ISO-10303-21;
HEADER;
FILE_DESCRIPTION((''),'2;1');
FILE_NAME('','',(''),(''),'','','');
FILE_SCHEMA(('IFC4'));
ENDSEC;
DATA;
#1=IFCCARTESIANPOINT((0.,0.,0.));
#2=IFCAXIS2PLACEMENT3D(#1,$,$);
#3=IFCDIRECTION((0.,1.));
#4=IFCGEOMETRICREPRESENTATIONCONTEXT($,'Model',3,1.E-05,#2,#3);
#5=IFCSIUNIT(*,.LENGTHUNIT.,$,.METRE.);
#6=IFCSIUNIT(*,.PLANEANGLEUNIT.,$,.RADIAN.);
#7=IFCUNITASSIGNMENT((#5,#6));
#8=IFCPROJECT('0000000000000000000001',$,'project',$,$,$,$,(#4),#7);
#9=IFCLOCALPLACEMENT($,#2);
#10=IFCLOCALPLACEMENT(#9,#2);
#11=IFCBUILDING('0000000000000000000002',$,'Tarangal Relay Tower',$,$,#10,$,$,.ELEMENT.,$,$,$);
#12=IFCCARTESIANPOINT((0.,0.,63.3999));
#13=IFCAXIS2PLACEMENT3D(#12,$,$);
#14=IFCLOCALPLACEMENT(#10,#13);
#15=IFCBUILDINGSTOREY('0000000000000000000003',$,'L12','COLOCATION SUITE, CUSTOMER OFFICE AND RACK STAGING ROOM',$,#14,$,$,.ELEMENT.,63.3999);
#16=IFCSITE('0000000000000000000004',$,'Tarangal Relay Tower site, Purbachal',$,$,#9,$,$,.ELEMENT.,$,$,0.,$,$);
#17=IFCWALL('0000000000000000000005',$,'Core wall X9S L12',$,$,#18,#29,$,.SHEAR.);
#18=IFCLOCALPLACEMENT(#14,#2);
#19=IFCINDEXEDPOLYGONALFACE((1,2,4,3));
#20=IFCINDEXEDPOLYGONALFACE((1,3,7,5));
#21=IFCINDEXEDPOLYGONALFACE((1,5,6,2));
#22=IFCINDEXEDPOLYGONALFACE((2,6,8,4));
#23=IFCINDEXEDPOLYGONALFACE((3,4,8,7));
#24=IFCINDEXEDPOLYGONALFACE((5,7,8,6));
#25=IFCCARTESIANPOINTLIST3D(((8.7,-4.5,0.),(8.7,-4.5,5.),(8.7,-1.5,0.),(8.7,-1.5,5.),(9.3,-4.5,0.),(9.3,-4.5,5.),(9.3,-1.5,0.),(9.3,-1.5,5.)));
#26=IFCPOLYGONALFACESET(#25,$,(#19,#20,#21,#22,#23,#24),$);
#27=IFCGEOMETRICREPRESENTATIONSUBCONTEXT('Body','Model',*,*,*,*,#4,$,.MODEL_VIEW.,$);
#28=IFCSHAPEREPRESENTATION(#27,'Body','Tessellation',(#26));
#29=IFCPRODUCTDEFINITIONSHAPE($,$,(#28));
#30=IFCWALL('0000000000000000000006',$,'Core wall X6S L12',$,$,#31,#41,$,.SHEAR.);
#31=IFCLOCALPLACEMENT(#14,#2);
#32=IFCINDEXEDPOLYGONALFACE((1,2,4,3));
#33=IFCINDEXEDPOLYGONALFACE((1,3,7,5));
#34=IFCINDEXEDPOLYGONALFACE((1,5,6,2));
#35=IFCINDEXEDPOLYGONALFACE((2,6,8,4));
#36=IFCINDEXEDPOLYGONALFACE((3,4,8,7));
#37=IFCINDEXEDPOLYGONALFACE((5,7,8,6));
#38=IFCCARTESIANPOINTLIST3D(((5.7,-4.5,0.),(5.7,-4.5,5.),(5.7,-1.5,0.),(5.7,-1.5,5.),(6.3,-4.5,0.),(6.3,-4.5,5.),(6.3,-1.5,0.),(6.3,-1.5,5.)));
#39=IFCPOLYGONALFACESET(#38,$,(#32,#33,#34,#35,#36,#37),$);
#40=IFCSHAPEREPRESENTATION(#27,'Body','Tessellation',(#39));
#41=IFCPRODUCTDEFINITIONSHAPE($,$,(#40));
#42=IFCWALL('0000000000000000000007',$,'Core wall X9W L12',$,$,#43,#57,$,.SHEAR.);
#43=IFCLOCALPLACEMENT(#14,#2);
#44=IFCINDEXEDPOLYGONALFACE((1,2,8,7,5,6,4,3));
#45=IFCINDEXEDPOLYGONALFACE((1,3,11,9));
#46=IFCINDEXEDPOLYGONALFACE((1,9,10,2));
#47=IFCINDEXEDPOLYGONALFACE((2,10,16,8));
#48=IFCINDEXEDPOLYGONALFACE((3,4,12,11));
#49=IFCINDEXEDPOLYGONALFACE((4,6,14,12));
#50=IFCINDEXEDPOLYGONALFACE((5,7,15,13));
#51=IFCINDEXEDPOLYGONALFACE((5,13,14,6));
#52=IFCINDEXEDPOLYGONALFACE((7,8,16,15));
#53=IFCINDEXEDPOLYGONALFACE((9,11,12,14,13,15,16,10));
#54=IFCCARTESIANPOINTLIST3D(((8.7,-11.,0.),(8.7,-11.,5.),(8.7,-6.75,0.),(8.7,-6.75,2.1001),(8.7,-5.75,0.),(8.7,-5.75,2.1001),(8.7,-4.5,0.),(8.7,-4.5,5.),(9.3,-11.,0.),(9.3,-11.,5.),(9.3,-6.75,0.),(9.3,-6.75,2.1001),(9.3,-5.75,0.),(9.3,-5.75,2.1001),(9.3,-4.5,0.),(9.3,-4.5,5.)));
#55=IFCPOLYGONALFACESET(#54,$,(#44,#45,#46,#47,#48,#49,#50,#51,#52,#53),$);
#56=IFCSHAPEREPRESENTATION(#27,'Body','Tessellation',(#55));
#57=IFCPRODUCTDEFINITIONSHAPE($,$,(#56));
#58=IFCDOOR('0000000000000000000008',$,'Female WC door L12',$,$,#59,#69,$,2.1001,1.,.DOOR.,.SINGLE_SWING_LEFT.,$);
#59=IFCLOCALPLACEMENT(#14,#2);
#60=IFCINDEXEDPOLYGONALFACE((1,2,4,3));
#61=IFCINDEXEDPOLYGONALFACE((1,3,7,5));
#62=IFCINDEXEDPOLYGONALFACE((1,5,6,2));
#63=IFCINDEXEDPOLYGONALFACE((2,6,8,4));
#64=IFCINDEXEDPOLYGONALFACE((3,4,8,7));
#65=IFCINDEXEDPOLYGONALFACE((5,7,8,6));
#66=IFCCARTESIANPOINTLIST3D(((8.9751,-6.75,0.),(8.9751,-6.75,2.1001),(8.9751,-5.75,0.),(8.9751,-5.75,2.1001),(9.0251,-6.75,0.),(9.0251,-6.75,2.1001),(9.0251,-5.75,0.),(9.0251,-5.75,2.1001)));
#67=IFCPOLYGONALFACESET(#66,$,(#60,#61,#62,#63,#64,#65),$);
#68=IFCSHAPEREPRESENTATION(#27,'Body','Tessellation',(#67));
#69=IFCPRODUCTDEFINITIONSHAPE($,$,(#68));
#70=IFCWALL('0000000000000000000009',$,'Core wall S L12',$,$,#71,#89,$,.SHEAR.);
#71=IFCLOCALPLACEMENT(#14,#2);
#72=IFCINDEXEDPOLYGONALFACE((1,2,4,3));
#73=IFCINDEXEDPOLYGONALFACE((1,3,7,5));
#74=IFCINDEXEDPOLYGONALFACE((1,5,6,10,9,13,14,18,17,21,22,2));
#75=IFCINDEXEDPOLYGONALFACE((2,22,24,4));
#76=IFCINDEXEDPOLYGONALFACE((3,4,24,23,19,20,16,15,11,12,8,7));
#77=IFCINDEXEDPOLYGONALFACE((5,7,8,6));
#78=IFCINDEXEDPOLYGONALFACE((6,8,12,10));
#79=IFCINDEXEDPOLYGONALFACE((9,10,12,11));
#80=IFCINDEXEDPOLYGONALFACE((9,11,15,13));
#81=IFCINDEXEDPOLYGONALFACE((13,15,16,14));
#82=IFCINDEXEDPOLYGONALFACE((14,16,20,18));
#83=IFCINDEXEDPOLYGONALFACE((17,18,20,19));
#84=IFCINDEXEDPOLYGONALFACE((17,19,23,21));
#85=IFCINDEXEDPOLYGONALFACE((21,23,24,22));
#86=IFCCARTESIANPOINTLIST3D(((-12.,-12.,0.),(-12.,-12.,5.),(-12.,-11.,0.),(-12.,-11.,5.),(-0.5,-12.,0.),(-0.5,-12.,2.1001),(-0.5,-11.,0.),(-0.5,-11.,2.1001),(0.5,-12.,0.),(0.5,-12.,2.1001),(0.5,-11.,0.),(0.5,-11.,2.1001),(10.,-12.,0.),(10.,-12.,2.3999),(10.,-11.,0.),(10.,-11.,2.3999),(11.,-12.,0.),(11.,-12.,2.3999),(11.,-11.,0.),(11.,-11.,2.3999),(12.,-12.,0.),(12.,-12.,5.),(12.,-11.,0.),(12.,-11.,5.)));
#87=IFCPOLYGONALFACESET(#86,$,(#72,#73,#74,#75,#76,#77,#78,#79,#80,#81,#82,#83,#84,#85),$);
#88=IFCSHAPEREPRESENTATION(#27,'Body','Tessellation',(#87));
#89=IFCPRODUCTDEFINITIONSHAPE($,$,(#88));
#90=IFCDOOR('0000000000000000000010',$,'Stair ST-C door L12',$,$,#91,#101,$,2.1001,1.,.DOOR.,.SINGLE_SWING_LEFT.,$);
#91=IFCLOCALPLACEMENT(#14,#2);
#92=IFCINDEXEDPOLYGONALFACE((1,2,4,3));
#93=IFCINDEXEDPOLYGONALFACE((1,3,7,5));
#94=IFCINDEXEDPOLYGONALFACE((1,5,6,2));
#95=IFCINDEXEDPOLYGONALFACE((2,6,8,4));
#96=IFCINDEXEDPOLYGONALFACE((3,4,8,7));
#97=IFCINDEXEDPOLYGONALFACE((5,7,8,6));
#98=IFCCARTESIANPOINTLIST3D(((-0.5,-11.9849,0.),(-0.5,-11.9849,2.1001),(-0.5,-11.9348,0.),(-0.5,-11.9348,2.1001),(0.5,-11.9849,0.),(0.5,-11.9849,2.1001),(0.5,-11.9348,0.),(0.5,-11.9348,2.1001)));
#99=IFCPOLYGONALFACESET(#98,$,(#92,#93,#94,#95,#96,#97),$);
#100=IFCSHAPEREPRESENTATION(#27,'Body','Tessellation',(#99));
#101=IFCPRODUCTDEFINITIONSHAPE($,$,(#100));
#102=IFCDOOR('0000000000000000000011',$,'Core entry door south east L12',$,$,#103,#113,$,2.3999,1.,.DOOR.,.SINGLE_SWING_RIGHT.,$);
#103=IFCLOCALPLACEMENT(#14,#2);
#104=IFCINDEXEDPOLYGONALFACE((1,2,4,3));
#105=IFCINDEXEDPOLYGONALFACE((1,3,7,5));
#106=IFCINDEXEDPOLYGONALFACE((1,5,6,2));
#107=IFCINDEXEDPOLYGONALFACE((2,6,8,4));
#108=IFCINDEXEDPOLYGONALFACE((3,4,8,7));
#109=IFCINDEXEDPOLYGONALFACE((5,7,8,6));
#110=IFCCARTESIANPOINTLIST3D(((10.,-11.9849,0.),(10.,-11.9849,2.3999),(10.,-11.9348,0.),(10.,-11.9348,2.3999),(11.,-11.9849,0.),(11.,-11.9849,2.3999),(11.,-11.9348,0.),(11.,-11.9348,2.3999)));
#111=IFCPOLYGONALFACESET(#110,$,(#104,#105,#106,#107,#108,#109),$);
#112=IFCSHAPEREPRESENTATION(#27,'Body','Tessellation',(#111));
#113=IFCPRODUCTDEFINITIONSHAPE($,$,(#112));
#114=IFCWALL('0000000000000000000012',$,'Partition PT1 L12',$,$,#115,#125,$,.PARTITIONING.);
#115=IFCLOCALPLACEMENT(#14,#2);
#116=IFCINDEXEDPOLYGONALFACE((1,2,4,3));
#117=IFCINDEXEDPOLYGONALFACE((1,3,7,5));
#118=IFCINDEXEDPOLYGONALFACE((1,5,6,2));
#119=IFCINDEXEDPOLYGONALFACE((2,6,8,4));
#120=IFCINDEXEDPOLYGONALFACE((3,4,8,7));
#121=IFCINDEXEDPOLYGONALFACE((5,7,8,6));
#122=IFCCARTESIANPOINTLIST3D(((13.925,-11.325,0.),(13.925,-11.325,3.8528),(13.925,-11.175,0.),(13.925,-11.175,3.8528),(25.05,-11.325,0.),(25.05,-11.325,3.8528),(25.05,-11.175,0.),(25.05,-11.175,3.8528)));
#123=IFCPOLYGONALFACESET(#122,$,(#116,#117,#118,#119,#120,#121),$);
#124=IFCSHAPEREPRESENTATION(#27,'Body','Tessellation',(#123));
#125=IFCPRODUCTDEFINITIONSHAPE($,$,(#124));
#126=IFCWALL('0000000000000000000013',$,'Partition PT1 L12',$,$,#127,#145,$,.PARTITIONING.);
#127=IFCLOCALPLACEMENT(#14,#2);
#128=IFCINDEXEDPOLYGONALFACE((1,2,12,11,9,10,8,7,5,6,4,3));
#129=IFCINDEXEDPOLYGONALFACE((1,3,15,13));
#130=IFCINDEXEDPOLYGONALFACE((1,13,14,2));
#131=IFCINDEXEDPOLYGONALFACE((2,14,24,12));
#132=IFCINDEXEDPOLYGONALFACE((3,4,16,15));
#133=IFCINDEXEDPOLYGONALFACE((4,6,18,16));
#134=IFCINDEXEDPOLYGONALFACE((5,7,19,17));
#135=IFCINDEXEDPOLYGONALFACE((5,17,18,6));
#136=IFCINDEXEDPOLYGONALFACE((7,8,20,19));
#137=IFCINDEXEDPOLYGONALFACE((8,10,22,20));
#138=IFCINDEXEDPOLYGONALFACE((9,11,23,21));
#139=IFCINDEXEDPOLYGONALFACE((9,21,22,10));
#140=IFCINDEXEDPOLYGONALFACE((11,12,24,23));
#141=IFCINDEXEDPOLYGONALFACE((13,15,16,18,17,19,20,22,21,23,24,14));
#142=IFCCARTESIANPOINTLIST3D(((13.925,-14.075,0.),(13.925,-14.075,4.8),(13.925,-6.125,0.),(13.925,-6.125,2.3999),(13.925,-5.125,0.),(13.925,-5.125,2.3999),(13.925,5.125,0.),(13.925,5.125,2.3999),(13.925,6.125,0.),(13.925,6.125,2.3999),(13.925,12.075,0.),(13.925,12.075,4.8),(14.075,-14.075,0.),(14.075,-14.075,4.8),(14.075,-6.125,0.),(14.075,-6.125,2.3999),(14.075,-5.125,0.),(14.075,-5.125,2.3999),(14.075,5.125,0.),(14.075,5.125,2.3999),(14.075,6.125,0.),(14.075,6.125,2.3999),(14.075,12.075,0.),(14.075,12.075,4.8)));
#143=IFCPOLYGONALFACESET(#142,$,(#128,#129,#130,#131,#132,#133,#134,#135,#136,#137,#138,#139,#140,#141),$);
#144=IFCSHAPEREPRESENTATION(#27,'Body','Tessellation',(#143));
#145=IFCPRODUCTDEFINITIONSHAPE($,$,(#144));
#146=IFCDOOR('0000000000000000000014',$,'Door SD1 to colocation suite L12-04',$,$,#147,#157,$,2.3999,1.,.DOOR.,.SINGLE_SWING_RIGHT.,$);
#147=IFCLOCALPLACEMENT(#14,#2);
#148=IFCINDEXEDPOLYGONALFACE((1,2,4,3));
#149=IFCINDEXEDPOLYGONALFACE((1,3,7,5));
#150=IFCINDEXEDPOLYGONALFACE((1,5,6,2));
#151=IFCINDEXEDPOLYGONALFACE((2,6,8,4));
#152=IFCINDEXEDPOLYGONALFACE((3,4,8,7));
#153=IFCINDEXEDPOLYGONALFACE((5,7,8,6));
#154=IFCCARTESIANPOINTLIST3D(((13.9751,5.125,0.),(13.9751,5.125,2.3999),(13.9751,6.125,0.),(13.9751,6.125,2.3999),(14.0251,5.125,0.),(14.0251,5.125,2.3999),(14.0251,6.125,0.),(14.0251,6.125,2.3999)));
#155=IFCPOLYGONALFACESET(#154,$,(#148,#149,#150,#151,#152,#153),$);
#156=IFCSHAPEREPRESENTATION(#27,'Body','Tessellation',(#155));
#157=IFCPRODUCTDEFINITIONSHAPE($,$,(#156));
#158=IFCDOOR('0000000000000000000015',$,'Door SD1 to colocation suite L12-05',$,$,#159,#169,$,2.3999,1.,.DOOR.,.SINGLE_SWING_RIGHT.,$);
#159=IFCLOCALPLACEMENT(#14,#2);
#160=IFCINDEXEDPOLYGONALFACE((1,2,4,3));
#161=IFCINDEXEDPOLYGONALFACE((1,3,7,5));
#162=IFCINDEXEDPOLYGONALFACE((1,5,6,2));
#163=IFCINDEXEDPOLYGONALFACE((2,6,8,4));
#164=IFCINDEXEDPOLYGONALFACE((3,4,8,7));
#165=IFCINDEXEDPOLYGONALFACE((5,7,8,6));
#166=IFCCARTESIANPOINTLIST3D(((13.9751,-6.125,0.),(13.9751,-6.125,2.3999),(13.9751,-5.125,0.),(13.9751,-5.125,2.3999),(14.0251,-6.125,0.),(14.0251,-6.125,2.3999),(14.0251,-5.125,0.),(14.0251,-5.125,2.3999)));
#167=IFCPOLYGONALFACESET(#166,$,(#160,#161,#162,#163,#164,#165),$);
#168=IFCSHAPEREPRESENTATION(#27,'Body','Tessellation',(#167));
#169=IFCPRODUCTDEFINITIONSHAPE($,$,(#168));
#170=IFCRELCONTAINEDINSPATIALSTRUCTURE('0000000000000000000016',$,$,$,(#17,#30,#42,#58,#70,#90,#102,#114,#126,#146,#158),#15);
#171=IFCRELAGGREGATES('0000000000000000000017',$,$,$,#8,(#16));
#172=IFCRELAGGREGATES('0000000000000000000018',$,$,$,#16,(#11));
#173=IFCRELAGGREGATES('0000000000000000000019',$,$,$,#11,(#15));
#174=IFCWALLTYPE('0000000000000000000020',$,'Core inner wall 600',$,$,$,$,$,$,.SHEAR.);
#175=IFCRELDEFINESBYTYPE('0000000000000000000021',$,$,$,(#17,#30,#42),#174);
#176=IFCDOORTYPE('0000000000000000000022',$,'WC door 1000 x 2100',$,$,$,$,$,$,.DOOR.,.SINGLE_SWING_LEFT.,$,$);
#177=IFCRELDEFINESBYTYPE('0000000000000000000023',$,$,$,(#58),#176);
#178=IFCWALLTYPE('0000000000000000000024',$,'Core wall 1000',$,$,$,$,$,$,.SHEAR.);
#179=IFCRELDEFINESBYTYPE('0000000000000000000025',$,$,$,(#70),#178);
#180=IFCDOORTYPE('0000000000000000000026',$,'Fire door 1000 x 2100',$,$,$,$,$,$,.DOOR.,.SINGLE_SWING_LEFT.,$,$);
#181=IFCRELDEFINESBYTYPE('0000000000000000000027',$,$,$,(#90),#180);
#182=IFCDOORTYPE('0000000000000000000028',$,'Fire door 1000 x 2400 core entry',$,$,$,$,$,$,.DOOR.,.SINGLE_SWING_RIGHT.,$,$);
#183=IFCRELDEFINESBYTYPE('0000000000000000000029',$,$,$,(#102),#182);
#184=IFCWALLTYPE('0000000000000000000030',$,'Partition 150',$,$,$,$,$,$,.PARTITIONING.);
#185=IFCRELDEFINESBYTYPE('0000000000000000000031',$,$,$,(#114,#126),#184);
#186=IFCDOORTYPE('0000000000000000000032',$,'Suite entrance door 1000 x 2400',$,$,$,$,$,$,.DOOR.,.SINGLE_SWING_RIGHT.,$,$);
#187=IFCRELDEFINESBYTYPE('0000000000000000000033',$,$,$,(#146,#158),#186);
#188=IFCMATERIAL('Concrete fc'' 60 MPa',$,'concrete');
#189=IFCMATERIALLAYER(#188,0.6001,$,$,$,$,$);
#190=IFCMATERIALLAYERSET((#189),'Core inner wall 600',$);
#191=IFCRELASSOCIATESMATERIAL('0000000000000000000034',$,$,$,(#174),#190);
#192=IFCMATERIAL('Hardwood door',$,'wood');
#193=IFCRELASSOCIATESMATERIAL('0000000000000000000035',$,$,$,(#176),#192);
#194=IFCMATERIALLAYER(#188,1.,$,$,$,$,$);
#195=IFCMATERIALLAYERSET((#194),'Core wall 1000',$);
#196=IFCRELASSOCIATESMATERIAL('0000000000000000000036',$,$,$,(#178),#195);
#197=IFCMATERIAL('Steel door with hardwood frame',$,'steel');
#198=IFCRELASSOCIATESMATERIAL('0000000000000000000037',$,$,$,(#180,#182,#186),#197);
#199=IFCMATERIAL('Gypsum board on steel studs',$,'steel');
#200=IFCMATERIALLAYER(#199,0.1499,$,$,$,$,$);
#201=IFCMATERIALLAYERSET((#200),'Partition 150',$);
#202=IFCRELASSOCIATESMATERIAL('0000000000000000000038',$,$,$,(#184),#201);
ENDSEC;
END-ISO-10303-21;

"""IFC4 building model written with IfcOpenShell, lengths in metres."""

from ifc_helpers import new_model, si_unit, direction, frame, frame_2d, origin, place, context, subcontext, project, spatial, rectangle, extrude, material, layer, layer_set, type_object, element, fill, save


model = new_model("IFC4")

# Units and contexts
model_context = context("Model", 3, precision=1e-05, world=origin(), true_north=direction((0.0, 1.0)))
body_context = subcontext(model_context, "Body", "Model", "MODEL_VIEW")
ifc_project = project(units=[si_unit("LENGTHUNIT", "METRE"), si_unit("PLANEANGLEUNIT", "RADIAN")], contexts=[model_context])

# Site, building, storey
site_placement = place(None, origin())
site = spatial("IfcSite", under=ifc_project, at=site_placement, Name="Tarangal Relay Tower site, Purbachal", CompositionType="ELEMENT", RefElevation=0.0)
building_placement = place(site_placement, origin())
building = spatial("IfcBuilding", under=site, at=building_placement, Name="Tarangal Relay Tower", CompositionType="ELEMENT")
storey_placement = place(building_placement, frame((0.0, 0.0, 63.3999)))
storey = spatial("IfcBuildingStorey", under=building, at=storey_placement, Name="L12", Description="COLOCATION SUITE, CUSTOMER OFFICE AND RACK STAGING ROOM", CompositionType="ELEMENT", Elevation=63.3999)

# Walls
ifc_material_1 = material(Name="Concrete fc' 60 MPa", Category="concrete")
ifc_layer_1 = layer(ifc_material_1, 0.6001)
ifc_layer_set_1 = layer_set([ifc_layer_1], Name="Core inner wall 600")
wall_type_1 = type_object("IfcWallType", Name="Core inner wall 600", PredefinedType="SHEAR", material=ifc_layer_set_1)
for number, where, z_axis, x_axis, name in (
    (1, (9.0, -4.5, 0.0), (0.0, 0.0, 1.0), (0.0, 1.0, 0.0), "Core wall X9S L12"),
    (2, (6.0, -4.5, 0.0), (0.0, 0.0, 1.0), (0.0, 1.0, 0.0), "Core wall X6S L12"),
):
    element("IfcWall", number, at=place(storey_placement, frame(where, z_axis=z_axis, x_axis=x_axis)), inside=storey, type_object=wall_type_1, Name=name, PredefinedType="SHEAR", context=body_context, shape_type="SweptSolid", body=[
        extrude(rectangle(XDim=3.0, YDim=0.6001, at=frame_2d((1.5, 0.0))), origin(), (0.0, 0.0, 1.0), 5.0),
    ])

# Wall, opening, door
wall_1_placement = place(storey_placement, frame((9.0, -11.0, 0.0), z_axis=(0.0, 0.0, 1.0), x_axis=(0.0, 1.0, 0.0)))
wall_1 = element("IfcWall", 3, at=wall_1_placement, inside=storey, type_object=wall_type_1, Name="Core wall X9W L12", PredefinedType="SHEAR", context=body_context, shape_type="SweptSolid", body=[
    extrude(rectangle(XDim=6.5, YDim=0.6001, at=frame_2d((3.25, 0.0))), origin(), (0.0, 0.0, 1.0), 5.0),
])
opening_1_placement = place(wall_1_placement, frame((4.25, 0.0, 0.0)))
opening_1 = element("IfcOpeningElement", 4, at=opening_1_placement, cuts=wall_1, PredefinedType="OPENING", context=body_context, shape_type="SweptSolid", body=[
    extrude(rectangle(XDim=1.0, YDim=2.1001, at=frame_2d((0.5, 1.05))), frame((0.0, 0.3101, 0.0), z_axis=(0.0, -1.0, 0.0), x_axis=(1.0, 0.0, 0.0)), (0.0, 0.0, 1.0), 0.6201),
])
ifc_material_2 = material(Name="Hardwood door", Category="wood")
door_type_1 = type_object("IfcDoorType", Name="WC door 1000 x 2100", OperationType="SINGLE_SWING_LEFT", PredefinedType="DOOR", material=ifc_material_2)
door_1_placement = place(opening_1_placement, origin())
door_1 = element("IfcDoor", 5, at=door_1_placement, inside=storey, type_object=door_type_1, Name="Female WC door L12", OperationType="SINGLE_SWING_LEFT", OverallHeight=2.1001, OverallWidth=1.0, PredefinedType="DOOR", context=body_context, shape_type="SweptSolid", body=[
    extrude(rectangle(XDim=1.0, YDim=2.1001, at=frame_2d((0.5, 1.05))), frame((0.0, 0.0249, 0.0), z_axis=(0.0, -1.0, 0.0), x_axis=(1.0, 0.0, 0.0)), (0.0, 0.0, 1.0), 0.05),
])
fill(opening_1, door_1)

# Wall, openings, doors
ifc_layer_2 = layer(ifc_material_1, 1.0)
ifc_layer_set_2 = layer_set([ifc_layer_2], Name="Core wall 1000")
wall_type_2 = type_object("IfcWallType", Name="Core wall 1000", PredefinedType="SHEAR", material=ifc_layer_set_2)
wall_2_placement = place(storey_placement, frame((12.0, -11.5, 0.0), z_axis=(0.0, 0.0, 1.0), x_axis=(-1.0, 0.0, 0.0)))
wall_2 = element("IfcWall", 6, at=wall_2_placement, inside=storey, type_object=wall_type_2, Name="Core wall S L12", PredefinedType="SHEAR", context=body_context, shape_type="SweptSolid", body=[
    extrude(rectangle(XDim=24.0, YDim=1.0, at=frame_2d((12.0, 0.0))), origin(), (0.0, 0.0, 1.0), 5.0),
])
opening_2_placement = place(wall_2_placement, frame((11.5, 0.0, 0.0)))
opening_2 = element("IfcOpeningElement", 7, at=opening_2_placement, cuts=wall_2, PredefinedType="OPENING", context=body_context, shape_type="SweptSolid", body=[
    extrude(rectangle(XDim=1.0, YDim=2.1001, at=frame_2d((0.5, 1.05))), frame((0.0, 0.51, 0.0), z_axis=(0.0, -1.0, 0.0), x_axis=(1.0, 0.0, 0.0)), (0.0, 0.0, 1.0), 1.02),
])
opening_3_placement = place(wall_2_placement, frame((1.0, 0.0, 0.0)))
opening_3 = element("IfcOpeningElement", 8, at=opening_3_placement, cuts=wall_2, PredefinedType="OPENING", context=body_context, shape_type="SweptSolid", body=[
    extrude(rectangle(XDim=1.0, YDim=2.3999, at=frame_2d((0.5, 1.2))), frame((0.0, 0.51, 0.0), z_axis=(0.0, -1.0, 0.0), x_axis=(1.0, 0.0, 0.0)), (0.0, 0.0, 1.0), 1.02),
])
ifc_material_3 = material(Name="Steel door with hardwood frame", Category="steel")
door_type_2 = type_object("IfcDoorType", Name="Fire door 1000 x 2100", OperationType="SINGLE_SWING_LEFT", PredefinedType="DOOR", material=ifc_material_3)
door_2_placement = place(opening_2_placement, origin())
door_2 = element("IfcDoor", 9, at=door_2_placement, inside=storey, type_object=door_type_2, Name="Stair ST-C door L12", OperationType="SINGLE_SWING_LEFT", OverallHeight=2.1001, OverallWidth=1.0, PredefinedType="DOOR", context=body_context, shape_type="SweptSolid", body=[
    extrude(rectangle(XDim=1.0, YDim=2.1001, at=frame_2d((0.5, 1.05))), frame((0.0, 0.4849, 0.0), z_axis=(0.0, -1.0, 0.0), x_axis=(1.0, 0.0, 0.0)), (0.0, 0.0, 1.0), 0.05),
])
fill(opening_2, door_2)
door_type_3 = type_object("IfcDoorType", Name="Fire door 1000 x 2400 core entry", OperationType="SINGLE_SWING_RIGHT", PredefinedType="DOOR", material=ifc_material_3)
door_3_placement = place(opening_3_placement, origin())
door_3 = element("IfcDoor", 10, at=door_3_placement, inside=storey, type_object=door_type_3, Name="Core entry door south east L12", OperationType="SINGLE_SWING_RIGHT", OverallHeight=2.3999, OverallWidth=1.0, PredefinedType="DOOR", context=body_context, shape_type="SweptSolid", body=[
    extrude(rectangle(XDim=1.0, YDim=2.3999, at=frame_2d((0.5, 1.2))), frame((0.0, 0.4849, 0.0), z_axis=(0.0, -1.0, 0.0), x_axis=(1.0, 0.0, 0.0)), (0.0, 0.0, 1.0), 0.05),
])
fill(opening_3, door_3)

# Wall
ifc_material_4 = material(Name="Gypsum board on steel studs", Category="steel")
ifc_layer_3 = layer(ifc_material_4, 0.1499)
ifc_layer_set_3 = layer_set([ifc_layer_3], Name="Partition 150")
wall_type_3 = type_object("IfcWallType", Name="Partition 150", PredefinedType="PARTITIONING", material=ifc_layer_set_3)
wall_3_placement = place(storey_placement, frame((13.925, -11.25, 0.0), z_axis=(0.0, 0.0, 1.0), x_axis=(1.0, 0.0, 0.0)))
element("IfcWall", 11, at=wall_3_placement, inside=storey, type_object=wall_type_3, Name="Partition PT1 L12", PredefinedType="PARTITIONING", context=body_context, shape_type="SweptSolid", body=[
    extrude(rectangle(XDim=11.125, YDim=0.1499, at=frame_2d((5.5625, 0.0))), origin(), (0.0, 0.0, 1.0), 3.8528),
])

# Wall, openings, doors
wall_4_placement = place(storey_placement, frame((14.0, -14.075, 0.0), z_axis=(0.0, 0.0, 1.0), x_axis=(0.0, 1.0, 0.0)))
wall_4 = element("IfcWall", 12, at=wall_4_placement, inside=storey, type_object=wall_type_3, Name="Partition PT1 L12", PredefinedType="PARTITIONING", context=body_context, shape_type="SweptSolid", body=[
    extrude(rectangle(XDim=26.1499, YDim=0.1499, at=frame_2d((13.075, 0.0))), origin(), (0.0, 0.0, 1.0), 4.8),
])
opening_4_placement = place(wall_4_placement, frame((19.2, 0.0, 0.0)))
opening_4 = element("IfcOpeningElement", 13, at=opening_4_placement, cuts=wall_4, PredefinedType="OPENING", context=body_context, shape_type="SweptSolid", body=[
    extrude(rectangle(XDim=1.0, YDim=2.3999, at=frame_2d((0.5, 1.2))), frame((0.0, 0.085, 0.0), z_axis=(0.0, -1.0, 0.0), x_axis=(1.0, 0.0, 0.0)), (0.0, 0.0, 1.0), 0.1699),
])
opening_5_placement = place(wall_4_placement, frame((7.95, 0.0, 0.0)))
opening_5 = element("IfcOpeningElement", 14, at=opening_5_placement, cuts=wall_4, PredefinedType="OPENING", context=body_context, shape_type="SweptSolid", body=[
    extrude(rectangle(XDim=1.0, YDim=2.3999, at=frame_2d((0.5, 1.2))), frame((0.0, 0.085, 0.0), z_axis=(0.0, -1.0, 0.0), x_axis=(1.0, 0.0, 0.0)), (0.0, 0.0, 1.0), 0.1699),
])
door_type_4 = type_object("IfcDoorType", Name="Suite entrance door 1000 x 2400", OperationType="SINGLE_SWING_RIGHT", PredefinedType="DOOR", material=ifc_material_3)
door_4_placement = place(opening_4_placement, origin())
door_4 = element("IfcDoor", 15, at=door_4_placement, inside=storey, type_object=door_type_4, Name="Door SD1 to colocation suite L12-04", OperationType="SINGLE_SWING_RIGHT", OverallHeight=2.3999, OverallWidth=1.0, PredefinedType="DOOR", context=body_context, shape_type="SweptSolid", body=[
    extrude(rectangle(XDim=1.0, YDim=2.3999, at=frame_2d((0.5, 1.2))), frame((0.0, 0.0249, 0.0), z_axis=(0.0, -1.0, 0.0), x_axis=(1.0, 0.0, 0.0)), (0.0, 0.0, 1.0), 0.05),
])
fill(opening_4, door_4)
door_5_placement = place(opening_5_placement, origin())
door_5 = element("IfcDoor", 16, at=door_5_placement, inside=storey, type_object=door_type_4, Name="Door SD1 to colocation suite L12-05", OperationType="SINGLE_SWING_RIGHT", OverallHeight=2.3999, OverallWidth=1.0, PredefinedType="DOOR", context=body_context, shape_type="SweptSolid", body=[
    extrude(rectangle(XDim=1.0, YDim=2.3999, at=frame_2d((0.5, 1.2))), frame((0.0, 0.0249, 0.0), z_axis=(0.0, -1.0, 0.0), x_axis=(1.0, 0.0, 0.0)), (0.0, 0.0, 1.0), 0.05),
])
fill(opening_5, door_5)

save(model, "model.ifc")
